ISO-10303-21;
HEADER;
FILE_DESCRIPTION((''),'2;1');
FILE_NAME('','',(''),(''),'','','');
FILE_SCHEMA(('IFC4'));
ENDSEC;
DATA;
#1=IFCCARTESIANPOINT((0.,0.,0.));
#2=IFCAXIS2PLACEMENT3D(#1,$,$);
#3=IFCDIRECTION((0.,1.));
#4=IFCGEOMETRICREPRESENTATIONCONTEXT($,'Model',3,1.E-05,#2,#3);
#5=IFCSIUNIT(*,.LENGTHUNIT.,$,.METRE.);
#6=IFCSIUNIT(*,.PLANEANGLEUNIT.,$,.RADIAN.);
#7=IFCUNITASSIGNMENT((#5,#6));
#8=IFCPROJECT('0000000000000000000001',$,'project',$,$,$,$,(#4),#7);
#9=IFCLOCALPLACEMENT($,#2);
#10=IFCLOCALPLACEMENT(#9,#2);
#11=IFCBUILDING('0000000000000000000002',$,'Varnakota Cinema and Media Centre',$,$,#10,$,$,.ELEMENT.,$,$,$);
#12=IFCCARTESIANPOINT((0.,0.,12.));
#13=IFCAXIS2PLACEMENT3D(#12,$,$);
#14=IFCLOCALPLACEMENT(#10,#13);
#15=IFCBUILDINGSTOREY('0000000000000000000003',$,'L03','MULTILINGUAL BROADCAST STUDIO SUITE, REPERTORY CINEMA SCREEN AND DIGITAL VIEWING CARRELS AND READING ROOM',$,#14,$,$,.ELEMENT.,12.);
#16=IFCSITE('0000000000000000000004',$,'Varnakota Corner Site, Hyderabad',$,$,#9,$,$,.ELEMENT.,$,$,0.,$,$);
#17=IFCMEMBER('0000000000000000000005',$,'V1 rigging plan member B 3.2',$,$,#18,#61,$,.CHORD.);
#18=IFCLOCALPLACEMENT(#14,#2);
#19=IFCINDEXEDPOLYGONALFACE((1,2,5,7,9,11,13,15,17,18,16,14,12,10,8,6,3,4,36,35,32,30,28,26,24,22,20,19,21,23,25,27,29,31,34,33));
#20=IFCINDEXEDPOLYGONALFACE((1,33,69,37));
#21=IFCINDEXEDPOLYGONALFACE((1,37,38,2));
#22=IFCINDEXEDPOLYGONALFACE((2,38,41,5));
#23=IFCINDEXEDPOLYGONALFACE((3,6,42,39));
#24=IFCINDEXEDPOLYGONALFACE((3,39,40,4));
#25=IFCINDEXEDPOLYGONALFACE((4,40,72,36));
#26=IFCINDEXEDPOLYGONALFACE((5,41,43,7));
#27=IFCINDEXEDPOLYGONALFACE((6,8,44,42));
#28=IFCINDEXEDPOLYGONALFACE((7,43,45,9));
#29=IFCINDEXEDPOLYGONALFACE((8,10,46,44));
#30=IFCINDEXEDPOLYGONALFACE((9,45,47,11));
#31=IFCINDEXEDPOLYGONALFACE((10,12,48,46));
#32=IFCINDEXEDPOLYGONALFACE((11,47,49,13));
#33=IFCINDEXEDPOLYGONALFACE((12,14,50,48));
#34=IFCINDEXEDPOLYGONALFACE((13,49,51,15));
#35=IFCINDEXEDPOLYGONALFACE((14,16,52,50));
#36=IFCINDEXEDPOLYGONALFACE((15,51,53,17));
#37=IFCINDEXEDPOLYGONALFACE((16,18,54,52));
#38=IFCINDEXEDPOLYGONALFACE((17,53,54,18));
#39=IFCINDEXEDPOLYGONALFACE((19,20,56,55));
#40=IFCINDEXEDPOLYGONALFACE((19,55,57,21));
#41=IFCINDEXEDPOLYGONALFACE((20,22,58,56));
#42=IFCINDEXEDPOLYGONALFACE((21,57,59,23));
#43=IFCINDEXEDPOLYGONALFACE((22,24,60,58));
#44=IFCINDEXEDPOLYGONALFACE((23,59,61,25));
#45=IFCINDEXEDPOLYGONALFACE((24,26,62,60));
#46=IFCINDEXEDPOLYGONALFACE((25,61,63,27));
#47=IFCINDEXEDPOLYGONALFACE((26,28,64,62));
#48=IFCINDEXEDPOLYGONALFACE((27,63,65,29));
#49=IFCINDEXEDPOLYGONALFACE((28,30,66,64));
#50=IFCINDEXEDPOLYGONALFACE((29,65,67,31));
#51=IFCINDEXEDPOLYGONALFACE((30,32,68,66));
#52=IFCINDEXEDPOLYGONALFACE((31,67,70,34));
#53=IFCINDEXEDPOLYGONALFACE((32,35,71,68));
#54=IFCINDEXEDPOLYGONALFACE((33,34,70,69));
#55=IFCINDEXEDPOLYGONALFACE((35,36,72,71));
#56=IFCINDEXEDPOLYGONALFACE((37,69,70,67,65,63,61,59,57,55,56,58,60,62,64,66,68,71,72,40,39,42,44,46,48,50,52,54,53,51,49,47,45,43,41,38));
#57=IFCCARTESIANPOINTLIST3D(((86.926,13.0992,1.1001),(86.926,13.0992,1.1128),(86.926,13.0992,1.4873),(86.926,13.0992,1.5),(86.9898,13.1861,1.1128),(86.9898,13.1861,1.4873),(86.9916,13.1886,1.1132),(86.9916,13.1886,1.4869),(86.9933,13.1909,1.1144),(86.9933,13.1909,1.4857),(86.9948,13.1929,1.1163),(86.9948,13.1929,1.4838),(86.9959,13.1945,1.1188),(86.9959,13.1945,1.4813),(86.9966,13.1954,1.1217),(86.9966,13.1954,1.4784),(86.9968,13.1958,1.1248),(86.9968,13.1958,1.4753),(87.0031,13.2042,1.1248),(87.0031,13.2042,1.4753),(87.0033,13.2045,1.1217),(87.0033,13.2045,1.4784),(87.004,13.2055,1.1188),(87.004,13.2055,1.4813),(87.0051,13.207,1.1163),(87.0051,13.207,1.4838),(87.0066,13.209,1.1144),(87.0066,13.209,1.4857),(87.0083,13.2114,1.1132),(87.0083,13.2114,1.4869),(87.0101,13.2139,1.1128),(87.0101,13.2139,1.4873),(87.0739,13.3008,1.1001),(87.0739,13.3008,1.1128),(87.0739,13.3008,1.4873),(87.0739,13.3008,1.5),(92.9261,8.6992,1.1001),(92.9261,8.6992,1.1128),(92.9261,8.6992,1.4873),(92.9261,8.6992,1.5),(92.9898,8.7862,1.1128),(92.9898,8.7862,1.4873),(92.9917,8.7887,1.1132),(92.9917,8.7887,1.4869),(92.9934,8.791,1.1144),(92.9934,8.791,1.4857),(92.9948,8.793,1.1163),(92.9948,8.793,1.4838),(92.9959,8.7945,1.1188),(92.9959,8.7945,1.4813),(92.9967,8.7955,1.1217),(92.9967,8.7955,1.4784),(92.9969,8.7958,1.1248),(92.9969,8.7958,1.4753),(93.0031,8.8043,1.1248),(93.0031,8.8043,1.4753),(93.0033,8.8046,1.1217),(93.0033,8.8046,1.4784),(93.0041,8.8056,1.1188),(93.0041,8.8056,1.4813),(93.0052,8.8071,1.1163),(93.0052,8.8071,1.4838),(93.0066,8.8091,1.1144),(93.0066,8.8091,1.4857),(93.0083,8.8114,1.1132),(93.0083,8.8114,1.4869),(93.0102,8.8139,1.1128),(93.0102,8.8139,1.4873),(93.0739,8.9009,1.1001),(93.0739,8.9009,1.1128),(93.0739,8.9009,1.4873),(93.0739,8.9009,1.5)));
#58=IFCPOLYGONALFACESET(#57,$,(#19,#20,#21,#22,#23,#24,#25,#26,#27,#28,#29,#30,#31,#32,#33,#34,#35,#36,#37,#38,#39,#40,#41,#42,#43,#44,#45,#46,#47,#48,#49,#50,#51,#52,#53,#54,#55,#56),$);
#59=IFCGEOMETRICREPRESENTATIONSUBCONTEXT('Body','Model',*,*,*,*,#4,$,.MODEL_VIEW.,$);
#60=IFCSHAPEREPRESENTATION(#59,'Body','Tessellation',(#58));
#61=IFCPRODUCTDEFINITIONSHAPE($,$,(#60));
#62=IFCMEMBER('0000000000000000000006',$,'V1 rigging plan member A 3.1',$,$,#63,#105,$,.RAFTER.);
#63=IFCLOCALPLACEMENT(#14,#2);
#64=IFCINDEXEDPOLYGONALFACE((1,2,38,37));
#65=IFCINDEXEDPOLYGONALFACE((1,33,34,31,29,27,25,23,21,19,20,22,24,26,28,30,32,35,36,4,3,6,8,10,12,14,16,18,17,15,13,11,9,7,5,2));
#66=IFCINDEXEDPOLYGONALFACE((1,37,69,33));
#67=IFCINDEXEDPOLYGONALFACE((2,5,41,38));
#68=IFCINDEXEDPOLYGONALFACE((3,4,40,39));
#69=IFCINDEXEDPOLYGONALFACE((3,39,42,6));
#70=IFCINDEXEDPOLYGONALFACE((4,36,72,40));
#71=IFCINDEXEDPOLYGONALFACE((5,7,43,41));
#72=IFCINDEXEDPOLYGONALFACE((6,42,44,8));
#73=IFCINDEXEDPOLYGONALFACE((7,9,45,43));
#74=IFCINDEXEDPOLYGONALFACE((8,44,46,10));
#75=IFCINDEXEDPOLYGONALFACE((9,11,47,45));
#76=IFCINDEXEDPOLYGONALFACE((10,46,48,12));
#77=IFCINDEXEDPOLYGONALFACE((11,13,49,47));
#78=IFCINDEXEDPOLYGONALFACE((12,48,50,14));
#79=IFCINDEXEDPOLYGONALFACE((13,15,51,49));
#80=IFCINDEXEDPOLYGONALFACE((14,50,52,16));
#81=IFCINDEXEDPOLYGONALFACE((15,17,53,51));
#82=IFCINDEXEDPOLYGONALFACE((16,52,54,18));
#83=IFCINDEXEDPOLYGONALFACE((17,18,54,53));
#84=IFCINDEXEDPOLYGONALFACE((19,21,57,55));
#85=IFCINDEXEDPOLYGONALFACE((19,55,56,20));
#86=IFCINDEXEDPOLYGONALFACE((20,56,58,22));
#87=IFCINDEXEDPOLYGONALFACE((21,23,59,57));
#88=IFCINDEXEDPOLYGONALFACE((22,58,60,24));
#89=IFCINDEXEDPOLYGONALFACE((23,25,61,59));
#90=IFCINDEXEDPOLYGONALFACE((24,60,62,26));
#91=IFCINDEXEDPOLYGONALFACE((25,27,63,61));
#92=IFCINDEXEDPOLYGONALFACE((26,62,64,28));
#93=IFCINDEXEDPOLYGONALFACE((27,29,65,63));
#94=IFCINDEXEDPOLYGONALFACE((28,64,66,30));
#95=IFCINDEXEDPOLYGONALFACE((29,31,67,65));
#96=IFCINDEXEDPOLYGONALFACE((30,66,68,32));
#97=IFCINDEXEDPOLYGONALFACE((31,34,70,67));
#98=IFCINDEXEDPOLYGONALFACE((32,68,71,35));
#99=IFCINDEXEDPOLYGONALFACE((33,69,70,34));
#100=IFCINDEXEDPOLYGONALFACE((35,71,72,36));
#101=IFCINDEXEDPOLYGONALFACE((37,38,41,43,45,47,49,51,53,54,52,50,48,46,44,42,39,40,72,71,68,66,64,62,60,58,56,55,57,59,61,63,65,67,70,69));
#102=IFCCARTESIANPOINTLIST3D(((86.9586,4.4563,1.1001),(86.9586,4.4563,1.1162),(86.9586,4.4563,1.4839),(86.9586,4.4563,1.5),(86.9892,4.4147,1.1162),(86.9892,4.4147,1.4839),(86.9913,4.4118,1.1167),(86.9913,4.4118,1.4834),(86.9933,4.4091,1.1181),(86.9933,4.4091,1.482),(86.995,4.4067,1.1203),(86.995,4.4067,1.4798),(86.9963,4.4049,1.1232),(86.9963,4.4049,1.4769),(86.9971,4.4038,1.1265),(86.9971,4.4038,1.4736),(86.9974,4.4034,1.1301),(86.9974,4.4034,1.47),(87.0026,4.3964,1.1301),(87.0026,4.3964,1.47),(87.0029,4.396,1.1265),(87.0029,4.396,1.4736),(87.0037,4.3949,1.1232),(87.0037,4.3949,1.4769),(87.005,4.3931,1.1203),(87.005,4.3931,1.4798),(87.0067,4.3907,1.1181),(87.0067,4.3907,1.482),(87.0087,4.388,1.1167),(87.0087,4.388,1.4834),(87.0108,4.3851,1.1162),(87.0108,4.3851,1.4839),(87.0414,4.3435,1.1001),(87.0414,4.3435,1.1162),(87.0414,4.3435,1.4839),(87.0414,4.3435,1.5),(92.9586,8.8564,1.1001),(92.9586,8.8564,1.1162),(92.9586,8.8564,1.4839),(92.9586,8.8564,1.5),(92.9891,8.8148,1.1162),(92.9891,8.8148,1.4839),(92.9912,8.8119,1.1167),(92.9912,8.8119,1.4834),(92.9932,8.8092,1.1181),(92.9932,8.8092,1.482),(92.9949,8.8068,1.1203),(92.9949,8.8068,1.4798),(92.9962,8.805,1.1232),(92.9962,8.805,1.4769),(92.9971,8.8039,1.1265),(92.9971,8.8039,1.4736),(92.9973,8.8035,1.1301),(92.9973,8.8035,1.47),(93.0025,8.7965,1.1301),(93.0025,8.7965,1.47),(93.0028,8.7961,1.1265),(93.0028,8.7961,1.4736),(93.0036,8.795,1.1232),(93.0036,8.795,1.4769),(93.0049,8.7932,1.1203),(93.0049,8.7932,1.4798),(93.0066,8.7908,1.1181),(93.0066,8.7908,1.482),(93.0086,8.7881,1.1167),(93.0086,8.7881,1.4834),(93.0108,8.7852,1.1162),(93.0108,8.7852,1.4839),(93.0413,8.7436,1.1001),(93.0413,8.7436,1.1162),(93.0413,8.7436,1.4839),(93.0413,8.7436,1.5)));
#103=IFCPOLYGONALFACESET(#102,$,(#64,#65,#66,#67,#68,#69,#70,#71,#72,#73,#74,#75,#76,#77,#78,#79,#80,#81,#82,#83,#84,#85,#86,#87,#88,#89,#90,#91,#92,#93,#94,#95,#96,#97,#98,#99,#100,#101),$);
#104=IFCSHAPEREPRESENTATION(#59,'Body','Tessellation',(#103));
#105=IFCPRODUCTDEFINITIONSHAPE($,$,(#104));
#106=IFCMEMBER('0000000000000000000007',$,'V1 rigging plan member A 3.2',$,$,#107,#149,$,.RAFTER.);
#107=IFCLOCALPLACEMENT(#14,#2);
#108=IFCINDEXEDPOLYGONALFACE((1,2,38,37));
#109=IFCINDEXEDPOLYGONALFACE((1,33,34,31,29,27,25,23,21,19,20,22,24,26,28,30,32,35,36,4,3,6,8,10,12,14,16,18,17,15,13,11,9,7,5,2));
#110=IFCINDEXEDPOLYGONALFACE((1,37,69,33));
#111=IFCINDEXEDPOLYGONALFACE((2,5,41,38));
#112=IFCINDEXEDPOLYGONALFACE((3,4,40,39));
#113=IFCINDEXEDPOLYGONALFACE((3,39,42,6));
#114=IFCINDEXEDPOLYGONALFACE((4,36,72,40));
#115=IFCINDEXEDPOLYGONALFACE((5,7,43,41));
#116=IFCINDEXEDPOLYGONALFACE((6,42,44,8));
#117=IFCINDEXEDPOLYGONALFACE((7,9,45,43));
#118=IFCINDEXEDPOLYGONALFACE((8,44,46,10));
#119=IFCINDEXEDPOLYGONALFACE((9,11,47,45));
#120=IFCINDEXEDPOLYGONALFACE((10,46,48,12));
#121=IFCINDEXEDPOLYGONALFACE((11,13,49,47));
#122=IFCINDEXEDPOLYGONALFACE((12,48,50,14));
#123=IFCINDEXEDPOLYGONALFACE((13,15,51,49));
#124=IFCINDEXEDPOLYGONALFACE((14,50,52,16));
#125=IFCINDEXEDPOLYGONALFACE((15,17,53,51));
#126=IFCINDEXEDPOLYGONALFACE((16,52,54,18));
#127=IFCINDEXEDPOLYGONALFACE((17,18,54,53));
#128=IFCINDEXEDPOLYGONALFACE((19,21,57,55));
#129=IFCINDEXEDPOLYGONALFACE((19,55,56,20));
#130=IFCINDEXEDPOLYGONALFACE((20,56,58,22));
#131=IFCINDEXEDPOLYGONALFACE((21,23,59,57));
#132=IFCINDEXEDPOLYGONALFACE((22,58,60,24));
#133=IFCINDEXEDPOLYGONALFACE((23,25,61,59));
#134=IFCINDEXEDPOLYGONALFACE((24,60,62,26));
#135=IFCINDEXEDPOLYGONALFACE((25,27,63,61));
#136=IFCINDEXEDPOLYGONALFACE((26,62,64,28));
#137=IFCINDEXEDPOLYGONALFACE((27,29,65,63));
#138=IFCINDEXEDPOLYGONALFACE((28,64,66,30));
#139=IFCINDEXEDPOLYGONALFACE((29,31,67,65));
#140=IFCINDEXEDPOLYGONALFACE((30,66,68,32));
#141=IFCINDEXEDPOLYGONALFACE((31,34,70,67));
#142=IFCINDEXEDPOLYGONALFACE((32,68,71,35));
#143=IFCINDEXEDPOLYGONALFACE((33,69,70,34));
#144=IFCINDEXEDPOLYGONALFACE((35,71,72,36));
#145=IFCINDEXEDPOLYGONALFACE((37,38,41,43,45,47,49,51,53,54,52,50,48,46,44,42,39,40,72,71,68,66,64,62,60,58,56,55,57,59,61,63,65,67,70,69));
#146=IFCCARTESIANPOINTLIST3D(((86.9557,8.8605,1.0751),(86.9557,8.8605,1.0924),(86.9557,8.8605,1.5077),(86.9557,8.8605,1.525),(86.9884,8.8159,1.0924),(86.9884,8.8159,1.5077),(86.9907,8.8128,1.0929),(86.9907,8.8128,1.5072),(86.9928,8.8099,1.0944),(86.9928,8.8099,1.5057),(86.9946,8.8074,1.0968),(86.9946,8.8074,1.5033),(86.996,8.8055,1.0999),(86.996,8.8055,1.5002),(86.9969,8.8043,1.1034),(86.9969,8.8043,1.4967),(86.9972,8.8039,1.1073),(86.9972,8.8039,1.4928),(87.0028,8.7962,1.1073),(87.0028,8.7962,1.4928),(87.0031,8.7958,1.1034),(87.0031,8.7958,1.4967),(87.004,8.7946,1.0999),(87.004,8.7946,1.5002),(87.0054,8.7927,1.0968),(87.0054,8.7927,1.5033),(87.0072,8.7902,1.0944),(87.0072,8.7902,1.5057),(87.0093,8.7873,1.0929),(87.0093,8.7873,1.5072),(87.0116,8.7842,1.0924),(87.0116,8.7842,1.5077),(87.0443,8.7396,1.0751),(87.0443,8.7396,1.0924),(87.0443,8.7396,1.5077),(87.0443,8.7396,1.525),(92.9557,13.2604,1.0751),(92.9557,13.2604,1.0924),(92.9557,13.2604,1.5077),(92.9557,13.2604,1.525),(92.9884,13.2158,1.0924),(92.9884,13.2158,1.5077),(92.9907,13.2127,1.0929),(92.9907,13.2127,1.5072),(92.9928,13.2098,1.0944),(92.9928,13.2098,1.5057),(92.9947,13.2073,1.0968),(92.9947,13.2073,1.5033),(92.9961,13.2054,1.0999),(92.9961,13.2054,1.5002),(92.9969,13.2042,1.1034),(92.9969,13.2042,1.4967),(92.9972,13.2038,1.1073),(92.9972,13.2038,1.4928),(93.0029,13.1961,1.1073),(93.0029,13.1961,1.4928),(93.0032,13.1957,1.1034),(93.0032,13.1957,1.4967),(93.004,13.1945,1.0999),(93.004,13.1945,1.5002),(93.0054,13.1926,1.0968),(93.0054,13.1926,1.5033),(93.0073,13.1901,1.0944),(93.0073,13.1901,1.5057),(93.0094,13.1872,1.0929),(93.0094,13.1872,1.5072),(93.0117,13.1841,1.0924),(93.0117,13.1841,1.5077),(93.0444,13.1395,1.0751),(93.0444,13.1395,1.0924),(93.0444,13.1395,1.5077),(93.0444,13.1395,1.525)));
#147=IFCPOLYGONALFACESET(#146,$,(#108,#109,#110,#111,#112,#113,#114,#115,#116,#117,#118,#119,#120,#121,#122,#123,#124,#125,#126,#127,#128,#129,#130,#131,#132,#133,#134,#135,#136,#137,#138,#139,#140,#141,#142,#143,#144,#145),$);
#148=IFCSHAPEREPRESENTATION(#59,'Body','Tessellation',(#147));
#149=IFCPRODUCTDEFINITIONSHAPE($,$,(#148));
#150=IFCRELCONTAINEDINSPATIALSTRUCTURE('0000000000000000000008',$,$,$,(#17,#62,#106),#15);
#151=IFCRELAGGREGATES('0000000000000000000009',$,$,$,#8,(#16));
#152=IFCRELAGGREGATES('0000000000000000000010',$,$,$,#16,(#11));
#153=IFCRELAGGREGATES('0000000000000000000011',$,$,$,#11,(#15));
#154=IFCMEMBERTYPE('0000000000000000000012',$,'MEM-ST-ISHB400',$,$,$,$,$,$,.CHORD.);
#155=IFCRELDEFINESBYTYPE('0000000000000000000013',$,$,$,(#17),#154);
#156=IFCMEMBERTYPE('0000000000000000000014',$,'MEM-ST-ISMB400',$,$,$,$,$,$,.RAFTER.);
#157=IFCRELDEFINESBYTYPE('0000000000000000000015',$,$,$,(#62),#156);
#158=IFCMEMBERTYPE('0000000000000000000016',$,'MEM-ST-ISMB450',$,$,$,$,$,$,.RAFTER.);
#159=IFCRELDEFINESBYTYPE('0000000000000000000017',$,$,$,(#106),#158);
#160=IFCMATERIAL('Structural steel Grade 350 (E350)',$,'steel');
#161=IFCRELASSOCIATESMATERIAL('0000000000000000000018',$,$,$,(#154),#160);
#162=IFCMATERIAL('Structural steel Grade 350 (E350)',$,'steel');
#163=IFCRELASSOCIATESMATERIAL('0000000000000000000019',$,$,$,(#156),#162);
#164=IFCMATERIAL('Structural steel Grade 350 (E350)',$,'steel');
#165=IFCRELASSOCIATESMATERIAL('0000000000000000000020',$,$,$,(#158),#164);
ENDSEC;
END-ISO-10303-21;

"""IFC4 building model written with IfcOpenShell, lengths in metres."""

from ifc_helpers import new_model, si_unit, direction, frame, origin, origin_2d, place, context, subcontext, project, spatial, i_section, extrude, material, material_profile, profile_set, type_object, element, save


model = new_model("IFC4")

# Units and contexts
model_context = context("Model", 3, precision=1e-05, world=origin(), true_north=direction((0.0, 1.0)))
body_context = subcontext(model_context, "Body", "Model", "MODEL_VIEW")
ifc_project = project(units=[si_unit("LENGTHUNIT", "METRE"), si_unit("PLANEANGLEUNIT", "RADIAN")], contexts=[model_context])

# Site, building, storey
site_placement = place(None, origin())
site = spatial("IfcSite", under=ifc_project, at=site_placement, Name="Varnakota Corner Site, Hyderabad", CompositionType="ELEMENT", RefElevation=0.0)
building_placement = place(site_placement, origin())
building = spatial("IfcBuilding", under=site, at=building_placement, Name="Varnakota Cinema and Media Centre", CompositionType="ELEMENT")
storey_placement = place(building_placement, frame((0.0, 0.0, 12.0)))
storey = spatial("IfcBuildingStorey", under=building, at=storey_placement, Name="L03", Description="MULTILINGUAL BROADCAST STUDIO SUITE, REPERTORY CINEMA SCREEN AND DIGITAL VIEWING CARRELS AND READING ROOM", CompositionType="ELEMENT", Elevation=12.0)

# Members
ifc_material_1 = material(Name="Structural steel Grade 350 (E350)", Category="steel")
ifc_material_profile_1 = material_profile(ifc_material_1, i_section(OverallWidth=0.25, OverallDepth=0.3999, WebThickness=0.0105, FlangeThickness=0.0127, FilletRadius=0.012, at=origin_2d()), Name="ISHB 400")
ifc_profile_set_1 = profile_set([ifc_material_profile_1], Name="Structural steel Grade 350 (E350)")
member_type_1 = type_object("IfcMemberType", Name="MEM-ST-ISHB400", PredefinedType="CHORD", material=ifc_profile_set_1)
member_1_placement = place(storey_placement, frame((93.0, 8.8, 1.3), z_axis=(-0.806411, 0.591355, 0.0), x_axis=(-0.591355, -0.806411, 0.0)))
element("IfcMember", 1, at=member_1_placement, inside=storey, type_object=member_type_1, Name="V1 rigging plan member B 3.2", PredefinedType="CHORD", context=body_context, shape_type="SweptSolid", body=[
    extrude(i_section(OverallWidth=0.25, OverallDepth=0.3999, WebThickness=0.0105, FlangeThickness=0.0127, FilletRadius=0.012, at=origin_2d()), origin(), (0.0, 0.0, 1.0), 7.4404),
])
ifc_material_2 = material(Name="Structural steel Grade 350 (E350)", Category="steel")
ifc_material_profile_2 = material_profile(ifc_material_2, i_section(OverallWidth=0.1399, OverallDepth=0.3999, WebThickness=0.0088, FlangeThickness=0.0161, FilletRadius=0.0139, at=origin_2d()), Name="ISMB 400")
ifc_profile_set_2 = profile_set([ifc_material_profile_2], Name="Structural steel Grade 350 (E350)")
member_type_2 = type_object("IfcMemberType", Name="MEM-ST-ISMB400", PredefinedType="RAFTER", material=ifc_profile_set_2)
member_2_placement = place(storey_placement, frame((87.0, 4.3999, 1.3), z_axis=(0.806396, 0.591376, 0.0), x_axis=(-0.591376, 0.806396, 0.0)))
element("IfcMember", 2, at=member_2_placement, inside=storey, type_object=member_type_2, Name="V1 rigging plan member A 3.1", PredefinedType="RAFTER", context=body_context, shape_type="SweptSolid", body=[
    extrude(i_section(OverallWidth=0.1399, OverallDepth=0.3999, WebThickness=0.0088, FlangeThickness=0.0161, FilletRadius=0.0139, at=origin_2d()), origin(), (0.0, 0.0, 1.0), 7.4404),
])
ifc_material_3 = material(Name="Structural steel Grade 350 (E350)", Category="steel")
ifc_material_profile_3 = material_profile(ifc_material_3, i_section(OverallWidth=0.1499, OverallDepth=0.45, WebThickness=0.0095, FlangeThickness=0.0173, FilletRadius=0.0149, at=origin_2d()), Name="ISMB 450")
ifc_profile_set_3 = profile_set([ifc_material_profile_3], Name="Structural steel Grade 350 (E350)")
member_type_3 = type_object("IfcMemberType", Name="MEM-ST-ISMB450", PredefinedType="RAFTER", material=ifc_profile_set_3)
member_3_placement = place(storey_placement, frame((87.0, 8.8, 1.3), z_axis=(0.806411, 0.591355, 0.0), x_axis=(-0.591355, 0.806411, 0.0)))
element("IfcMember", 3, at=member_3_placement, inside=storey, type_object=member_type_3, Name="V1 rigging plan member A 3.2", PredefinedType="RAFTER", context=body_context, shape_type="SweptSolid", body=[
    extrude(i_section(OverallWidth=0.1499, OverallDepth=0.45, WebThickness=0.0095, FlangeThickness=0.0173, FilletRadius=0.0149, at=origin_2d()), origin(), (0.0, 0.0, 1.0), 7.4404),
])

save(model, "model.ifc")
